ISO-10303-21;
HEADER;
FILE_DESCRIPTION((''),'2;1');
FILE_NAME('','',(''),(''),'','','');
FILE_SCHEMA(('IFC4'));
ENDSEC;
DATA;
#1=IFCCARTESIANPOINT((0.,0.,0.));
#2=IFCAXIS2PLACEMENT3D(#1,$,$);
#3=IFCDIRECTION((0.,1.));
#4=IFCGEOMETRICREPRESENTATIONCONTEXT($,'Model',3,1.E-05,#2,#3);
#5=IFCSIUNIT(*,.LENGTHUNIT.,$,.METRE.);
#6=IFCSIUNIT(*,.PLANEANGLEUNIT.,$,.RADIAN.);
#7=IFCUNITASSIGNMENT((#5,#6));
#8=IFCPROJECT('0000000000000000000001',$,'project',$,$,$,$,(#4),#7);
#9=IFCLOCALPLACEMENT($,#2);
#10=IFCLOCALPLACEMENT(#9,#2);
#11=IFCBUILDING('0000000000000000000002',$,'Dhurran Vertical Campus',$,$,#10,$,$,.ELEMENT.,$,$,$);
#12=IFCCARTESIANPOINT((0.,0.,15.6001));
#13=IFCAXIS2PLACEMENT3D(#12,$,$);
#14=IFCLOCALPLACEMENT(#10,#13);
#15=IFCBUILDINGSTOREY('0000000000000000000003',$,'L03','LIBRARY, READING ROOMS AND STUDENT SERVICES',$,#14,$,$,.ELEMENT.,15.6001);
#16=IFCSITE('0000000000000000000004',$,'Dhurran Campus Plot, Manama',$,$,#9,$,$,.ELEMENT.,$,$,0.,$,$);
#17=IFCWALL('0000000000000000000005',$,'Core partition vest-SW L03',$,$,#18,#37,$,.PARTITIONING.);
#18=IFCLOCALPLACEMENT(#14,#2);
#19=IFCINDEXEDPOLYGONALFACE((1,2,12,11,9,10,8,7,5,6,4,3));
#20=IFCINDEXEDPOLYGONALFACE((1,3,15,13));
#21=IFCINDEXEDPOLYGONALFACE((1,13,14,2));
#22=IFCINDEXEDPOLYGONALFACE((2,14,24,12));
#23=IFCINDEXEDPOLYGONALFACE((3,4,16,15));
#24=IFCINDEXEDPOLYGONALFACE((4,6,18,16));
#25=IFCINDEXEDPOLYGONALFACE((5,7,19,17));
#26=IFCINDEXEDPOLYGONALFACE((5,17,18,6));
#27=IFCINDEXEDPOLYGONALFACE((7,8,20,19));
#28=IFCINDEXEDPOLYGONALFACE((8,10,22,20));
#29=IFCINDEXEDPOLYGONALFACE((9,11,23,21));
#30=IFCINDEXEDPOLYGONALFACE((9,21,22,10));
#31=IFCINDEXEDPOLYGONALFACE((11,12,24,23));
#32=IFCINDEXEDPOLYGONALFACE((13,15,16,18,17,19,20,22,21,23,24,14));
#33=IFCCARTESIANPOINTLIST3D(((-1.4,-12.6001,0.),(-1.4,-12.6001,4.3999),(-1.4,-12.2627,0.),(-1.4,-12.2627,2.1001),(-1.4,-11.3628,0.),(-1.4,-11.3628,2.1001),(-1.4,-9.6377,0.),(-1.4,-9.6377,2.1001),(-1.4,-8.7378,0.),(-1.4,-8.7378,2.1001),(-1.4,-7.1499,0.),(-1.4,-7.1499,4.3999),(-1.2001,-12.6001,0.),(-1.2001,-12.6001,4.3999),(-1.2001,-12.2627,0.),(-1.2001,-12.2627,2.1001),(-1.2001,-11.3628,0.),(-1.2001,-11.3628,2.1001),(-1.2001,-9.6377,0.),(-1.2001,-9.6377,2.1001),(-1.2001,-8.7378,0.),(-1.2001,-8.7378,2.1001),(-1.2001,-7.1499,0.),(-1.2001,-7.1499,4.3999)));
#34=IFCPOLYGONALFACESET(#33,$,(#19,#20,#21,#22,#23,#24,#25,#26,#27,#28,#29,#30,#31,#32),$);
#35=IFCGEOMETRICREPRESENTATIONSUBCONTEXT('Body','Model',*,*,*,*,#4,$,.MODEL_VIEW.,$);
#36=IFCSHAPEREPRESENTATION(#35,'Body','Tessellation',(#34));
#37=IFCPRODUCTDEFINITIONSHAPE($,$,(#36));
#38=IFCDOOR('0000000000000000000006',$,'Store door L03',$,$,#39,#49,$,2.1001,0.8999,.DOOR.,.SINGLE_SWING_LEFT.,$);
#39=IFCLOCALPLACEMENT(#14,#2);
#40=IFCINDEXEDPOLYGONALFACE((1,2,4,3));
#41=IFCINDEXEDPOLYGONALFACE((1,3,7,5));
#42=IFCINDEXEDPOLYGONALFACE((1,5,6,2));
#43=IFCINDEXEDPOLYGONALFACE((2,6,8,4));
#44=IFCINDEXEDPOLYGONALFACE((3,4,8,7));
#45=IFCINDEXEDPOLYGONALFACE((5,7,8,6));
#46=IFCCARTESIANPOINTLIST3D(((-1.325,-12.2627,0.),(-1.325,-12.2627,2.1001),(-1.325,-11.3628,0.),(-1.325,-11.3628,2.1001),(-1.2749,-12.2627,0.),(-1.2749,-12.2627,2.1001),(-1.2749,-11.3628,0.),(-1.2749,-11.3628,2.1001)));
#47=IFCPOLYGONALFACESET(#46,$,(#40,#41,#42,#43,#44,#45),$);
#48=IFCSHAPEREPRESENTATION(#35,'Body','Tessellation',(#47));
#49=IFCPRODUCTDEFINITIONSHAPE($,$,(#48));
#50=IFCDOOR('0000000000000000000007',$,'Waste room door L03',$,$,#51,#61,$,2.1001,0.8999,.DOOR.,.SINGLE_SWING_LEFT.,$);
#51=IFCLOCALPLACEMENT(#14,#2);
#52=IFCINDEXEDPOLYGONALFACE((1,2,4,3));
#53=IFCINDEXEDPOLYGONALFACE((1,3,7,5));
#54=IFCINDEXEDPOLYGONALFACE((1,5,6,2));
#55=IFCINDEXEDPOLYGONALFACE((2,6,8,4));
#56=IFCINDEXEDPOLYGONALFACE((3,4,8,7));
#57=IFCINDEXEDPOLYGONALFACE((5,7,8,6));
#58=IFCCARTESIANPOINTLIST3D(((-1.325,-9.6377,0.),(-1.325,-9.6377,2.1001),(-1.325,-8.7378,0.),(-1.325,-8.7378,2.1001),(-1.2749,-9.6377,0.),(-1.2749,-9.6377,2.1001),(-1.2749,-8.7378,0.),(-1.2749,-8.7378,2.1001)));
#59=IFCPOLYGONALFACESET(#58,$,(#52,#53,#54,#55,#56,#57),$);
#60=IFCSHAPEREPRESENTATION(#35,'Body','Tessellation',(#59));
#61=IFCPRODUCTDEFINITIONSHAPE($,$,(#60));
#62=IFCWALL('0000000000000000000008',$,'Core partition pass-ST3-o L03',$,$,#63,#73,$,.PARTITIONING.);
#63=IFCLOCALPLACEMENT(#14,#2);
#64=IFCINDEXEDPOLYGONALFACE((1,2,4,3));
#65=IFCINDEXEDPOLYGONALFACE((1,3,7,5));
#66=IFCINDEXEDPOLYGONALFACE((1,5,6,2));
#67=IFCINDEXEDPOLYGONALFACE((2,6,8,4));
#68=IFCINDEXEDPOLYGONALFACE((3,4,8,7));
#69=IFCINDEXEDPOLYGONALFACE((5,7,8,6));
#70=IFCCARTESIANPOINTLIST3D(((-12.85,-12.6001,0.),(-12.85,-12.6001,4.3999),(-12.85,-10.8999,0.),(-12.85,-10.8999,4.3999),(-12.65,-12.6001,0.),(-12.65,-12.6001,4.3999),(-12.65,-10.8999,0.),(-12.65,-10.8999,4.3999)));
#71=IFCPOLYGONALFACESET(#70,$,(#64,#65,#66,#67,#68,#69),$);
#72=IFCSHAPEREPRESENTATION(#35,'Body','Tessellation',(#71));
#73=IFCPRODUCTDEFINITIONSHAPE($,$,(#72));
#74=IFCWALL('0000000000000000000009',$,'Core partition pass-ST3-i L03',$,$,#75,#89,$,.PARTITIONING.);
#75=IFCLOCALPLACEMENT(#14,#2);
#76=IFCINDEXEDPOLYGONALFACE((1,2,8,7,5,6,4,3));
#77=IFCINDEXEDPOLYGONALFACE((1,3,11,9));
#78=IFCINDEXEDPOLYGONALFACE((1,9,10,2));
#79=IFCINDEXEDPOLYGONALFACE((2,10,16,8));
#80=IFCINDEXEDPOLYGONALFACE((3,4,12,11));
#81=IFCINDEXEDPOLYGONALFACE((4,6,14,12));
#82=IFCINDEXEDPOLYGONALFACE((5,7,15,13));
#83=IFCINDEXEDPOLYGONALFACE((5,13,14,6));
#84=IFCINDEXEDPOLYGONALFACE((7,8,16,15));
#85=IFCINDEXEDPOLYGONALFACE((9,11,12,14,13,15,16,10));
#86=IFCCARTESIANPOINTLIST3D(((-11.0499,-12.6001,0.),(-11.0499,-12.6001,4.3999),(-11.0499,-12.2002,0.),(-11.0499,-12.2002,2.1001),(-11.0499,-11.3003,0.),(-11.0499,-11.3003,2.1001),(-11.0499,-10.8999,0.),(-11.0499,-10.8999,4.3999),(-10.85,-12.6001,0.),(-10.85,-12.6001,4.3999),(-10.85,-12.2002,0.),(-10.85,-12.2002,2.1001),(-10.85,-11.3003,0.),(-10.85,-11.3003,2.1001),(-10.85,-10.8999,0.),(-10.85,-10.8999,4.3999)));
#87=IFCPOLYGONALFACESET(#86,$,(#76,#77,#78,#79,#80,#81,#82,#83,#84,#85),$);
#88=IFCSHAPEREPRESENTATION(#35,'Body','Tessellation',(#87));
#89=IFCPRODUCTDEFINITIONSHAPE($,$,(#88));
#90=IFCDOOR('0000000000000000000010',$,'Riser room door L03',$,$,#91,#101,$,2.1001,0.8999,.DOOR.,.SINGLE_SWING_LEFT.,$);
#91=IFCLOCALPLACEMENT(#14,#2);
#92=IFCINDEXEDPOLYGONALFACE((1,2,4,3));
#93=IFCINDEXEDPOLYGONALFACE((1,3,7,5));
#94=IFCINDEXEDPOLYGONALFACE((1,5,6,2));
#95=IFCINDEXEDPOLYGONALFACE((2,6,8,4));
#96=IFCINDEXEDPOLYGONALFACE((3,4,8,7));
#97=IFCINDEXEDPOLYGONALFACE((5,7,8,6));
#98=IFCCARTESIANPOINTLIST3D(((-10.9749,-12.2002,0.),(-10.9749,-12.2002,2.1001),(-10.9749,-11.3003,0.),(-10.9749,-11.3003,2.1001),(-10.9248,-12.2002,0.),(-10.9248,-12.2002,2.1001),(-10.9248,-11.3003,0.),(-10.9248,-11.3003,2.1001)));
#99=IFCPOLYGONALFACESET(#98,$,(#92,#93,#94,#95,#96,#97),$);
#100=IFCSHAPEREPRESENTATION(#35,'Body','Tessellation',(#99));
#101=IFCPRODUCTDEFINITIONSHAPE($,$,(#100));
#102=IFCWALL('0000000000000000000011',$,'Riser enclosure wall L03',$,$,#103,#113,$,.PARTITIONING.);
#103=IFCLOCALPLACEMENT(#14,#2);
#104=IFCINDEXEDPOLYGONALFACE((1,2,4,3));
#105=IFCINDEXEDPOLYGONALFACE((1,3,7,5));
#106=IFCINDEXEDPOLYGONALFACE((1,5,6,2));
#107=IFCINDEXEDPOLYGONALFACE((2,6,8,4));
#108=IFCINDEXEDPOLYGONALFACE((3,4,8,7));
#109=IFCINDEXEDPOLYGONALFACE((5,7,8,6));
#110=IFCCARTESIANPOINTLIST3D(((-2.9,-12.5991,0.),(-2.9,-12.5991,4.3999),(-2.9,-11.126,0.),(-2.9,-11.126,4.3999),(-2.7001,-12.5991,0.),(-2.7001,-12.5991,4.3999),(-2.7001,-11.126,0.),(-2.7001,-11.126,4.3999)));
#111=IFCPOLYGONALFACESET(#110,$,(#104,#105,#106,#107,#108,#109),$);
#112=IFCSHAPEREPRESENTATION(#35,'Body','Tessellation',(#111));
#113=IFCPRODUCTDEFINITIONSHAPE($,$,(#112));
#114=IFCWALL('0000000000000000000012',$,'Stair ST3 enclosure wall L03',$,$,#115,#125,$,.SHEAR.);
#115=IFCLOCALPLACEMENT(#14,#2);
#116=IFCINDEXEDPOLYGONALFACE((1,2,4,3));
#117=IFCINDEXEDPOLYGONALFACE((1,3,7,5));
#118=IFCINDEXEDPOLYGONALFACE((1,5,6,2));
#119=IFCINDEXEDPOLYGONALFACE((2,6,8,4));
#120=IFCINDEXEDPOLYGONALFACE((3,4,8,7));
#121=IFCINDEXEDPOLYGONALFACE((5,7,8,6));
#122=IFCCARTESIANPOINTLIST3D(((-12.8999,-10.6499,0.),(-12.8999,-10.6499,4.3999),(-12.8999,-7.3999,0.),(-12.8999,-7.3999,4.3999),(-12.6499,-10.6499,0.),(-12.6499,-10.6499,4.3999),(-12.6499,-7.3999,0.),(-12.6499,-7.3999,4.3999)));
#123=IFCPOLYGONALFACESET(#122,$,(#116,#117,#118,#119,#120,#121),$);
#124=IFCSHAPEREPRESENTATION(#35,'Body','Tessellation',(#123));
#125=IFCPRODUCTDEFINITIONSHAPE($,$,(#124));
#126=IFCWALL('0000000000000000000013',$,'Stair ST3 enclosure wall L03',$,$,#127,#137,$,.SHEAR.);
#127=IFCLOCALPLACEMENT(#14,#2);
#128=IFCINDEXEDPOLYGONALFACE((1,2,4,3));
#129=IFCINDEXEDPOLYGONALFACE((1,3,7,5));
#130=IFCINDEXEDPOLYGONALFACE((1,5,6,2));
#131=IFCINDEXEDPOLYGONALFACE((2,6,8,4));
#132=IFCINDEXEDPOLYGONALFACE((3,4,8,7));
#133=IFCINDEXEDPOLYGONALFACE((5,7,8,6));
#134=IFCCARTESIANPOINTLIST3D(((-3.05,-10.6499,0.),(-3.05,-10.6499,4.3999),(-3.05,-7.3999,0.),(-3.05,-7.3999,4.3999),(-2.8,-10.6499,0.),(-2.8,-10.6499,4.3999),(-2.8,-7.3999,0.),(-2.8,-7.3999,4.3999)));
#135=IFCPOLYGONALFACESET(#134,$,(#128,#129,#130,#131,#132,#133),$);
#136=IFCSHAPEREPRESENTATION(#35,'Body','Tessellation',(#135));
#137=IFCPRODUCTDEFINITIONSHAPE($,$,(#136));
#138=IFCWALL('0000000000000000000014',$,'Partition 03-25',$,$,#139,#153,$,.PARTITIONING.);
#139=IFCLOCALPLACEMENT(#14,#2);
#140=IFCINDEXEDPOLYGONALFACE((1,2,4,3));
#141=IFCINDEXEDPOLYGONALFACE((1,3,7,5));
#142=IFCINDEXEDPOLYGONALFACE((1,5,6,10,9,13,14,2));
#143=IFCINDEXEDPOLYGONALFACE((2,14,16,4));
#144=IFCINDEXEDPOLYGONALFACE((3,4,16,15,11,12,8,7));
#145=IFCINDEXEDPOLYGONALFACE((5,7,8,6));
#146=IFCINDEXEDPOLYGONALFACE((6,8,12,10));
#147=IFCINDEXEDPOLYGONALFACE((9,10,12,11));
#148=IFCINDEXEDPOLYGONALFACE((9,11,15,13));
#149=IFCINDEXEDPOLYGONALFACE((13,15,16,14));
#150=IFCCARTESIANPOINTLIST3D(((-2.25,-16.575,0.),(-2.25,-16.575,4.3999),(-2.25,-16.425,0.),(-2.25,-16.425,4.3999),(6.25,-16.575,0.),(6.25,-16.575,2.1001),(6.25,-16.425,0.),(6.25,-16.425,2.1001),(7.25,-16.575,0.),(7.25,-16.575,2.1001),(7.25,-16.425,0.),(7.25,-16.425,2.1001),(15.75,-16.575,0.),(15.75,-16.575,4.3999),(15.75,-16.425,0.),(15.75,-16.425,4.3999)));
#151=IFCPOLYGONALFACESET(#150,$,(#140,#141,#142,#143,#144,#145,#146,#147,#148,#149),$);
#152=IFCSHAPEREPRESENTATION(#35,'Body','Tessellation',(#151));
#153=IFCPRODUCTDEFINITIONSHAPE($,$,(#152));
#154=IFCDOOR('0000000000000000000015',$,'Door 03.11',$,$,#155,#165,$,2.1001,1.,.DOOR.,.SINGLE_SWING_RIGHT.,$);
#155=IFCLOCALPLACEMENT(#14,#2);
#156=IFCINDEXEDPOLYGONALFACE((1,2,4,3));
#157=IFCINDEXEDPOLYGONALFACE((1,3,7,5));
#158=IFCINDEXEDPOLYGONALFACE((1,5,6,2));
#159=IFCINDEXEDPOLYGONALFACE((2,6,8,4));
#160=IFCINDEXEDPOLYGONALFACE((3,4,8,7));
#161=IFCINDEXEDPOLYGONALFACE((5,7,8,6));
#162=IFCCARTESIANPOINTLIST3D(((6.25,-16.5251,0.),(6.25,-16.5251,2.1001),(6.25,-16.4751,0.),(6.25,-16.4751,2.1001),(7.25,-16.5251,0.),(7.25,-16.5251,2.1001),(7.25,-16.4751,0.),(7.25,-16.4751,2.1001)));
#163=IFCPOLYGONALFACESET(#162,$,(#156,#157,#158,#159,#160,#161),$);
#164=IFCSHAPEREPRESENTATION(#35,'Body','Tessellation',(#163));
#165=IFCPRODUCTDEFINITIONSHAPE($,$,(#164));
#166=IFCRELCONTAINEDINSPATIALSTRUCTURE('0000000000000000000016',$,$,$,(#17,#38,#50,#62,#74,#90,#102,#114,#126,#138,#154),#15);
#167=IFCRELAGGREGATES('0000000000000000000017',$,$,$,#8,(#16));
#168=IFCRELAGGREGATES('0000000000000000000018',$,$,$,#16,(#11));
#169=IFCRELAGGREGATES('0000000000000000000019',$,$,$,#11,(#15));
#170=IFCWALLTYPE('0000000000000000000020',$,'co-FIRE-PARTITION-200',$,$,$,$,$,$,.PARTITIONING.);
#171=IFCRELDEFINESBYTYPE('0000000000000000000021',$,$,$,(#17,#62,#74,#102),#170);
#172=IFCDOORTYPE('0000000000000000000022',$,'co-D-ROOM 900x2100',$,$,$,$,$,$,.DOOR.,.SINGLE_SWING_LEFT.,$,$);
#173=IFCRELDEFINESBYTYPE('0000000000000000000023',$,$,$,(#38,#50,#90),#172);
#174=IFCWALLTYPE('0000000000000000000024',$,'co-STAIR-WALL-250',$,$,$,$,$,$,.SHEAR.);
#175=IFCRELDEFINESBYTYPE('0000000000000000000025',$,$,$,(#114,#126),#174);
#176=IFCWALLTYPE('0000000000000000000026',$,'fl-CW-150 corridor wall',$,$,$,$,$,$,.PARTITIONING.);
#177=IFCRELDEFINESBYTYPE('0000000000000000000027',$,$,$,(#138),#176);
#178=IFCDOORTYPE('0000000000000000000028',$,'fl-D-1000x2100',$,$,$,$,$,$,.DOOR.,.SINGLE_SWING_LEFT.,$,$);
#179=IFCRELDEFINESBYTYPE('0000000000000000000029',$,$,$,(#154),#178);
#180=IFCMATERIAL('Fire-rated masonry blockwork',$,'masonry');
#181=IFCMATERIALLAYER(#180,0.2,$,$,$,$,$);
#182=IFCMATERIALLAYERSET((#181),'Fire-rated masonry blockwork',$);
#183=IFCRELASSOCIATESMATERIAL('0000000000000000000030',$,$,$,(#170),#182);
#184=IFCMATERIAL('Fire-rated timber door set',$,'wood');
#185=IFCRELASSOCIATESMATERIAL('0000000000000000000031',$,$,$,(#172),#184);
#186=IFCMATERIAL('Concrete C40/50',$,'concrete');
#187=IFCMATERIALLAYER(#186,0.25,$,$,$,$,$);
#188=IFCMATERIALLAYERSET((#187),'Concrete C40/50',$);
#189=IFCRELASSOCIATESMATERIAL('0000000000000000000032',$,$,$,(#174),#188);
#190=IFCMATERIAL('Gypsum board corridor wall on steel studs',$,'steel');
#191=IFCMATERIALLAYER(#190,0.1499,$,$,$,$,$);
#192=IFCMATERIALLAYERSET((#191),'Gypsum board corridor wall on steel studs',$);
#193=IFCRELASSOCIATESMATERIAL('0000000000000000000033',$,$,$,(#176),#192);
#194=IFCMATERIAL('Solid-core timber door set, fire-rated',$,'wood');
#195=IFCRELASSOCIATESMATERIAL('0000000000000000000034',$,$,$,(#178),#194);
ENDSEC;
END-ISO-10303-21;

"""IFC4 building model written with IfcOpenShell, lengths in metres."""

from ifc_helpers import new_model, si_unit, direction, frame, frame_2d, origin, place, context, subcontext, project, spatial, rectangle, extrude, material, layer, layer_set, type_object, element, fill, save


model = new_model("IFC4")

# Units and contexts
model_context = context("Model", 3, precision=1e-05, world=origin(), true_north=direction((0.0, 1.0)))
body_context = subcontext(model_context, "Body", "Model", "MODEL_VIEW")
ifc_project = project(units=[si_unit("LENGTHUNIT", "METRE"), si_unit("PLANEANGLEUNIT", "RADIAN")], contexts=[model_context])

# Site, building, storey
site_placement = place(None, origin())
site = spatial("IfcSite", under=ifc_project, at=site_placement, Name="Dhurran Campus Plot, Manama", CompositionType="ELEMENT", RefElevation=0.0)
building_placement = place(site_placement, origin())
building = spatial("IfcBuilding", under=site, at=building_placement, Name="Dhurran Vertical Campus", CompositionType="ELEMENT")
storey_placement = place(building_placement, frame((0.0, 0.0, 15.6001)))
storey = spatial("IfcBuildingStorey", under=building, at=storey_placement, Name="L03", Description="LIBRARY, READING ROOMS AND STUDENT SERVICES", CompositionType="ELEMENT", Elevation=15.6001)

# Shared definitions
ifc_material_1 = material(Name="Fire-rated masonry blockwork", Category="masonry")
ifc_layer_1 = layer(ifc_material_1, 0.2)
ifc_layer_set_1 = layer_set([ifc_layer_1], Name="Fire-rated masonry blockwork")
wall_type_1 = type_object("IfcWallType", Name="co-FIRE-PARTITION-200", PredefinedType="PARTITIONING", material=ifc_layer_set_1)

# Wall, openings, doors
wall_1_placement = place(storey_placement, frame((-1.3, -12.6001, 0.0), z_axis=(0.0, 0.0, 1.0), x_axis=(0.0, 1.0, 0.0)))
wall_1 = element("IfcWall", 1, at=wall_1_placement, inside=storey, type_object=wall_type_1, Name="Core partition vest-SW L03", PredefinedType="PARTITIONING", context=body_context, shape_type="SweptSolid", body=[
    extrude(rectangle(XDim=5.4502, YDim=0.2, at=frame_2d((2.7251, 0.0))), origin(), (0.0, 0.0, 1.0), 4.3999),
])
opening_1_placement = place(wall_1_placement, frame((0.3374, 0.0, 0.0)))
opening_1 = element("IfcOpeningElement", 2, at=opening_1_placement, cuts=wall_1, PredefinedType="OPENING", context=body_context, shape_type="SweptSolid", body=[
    extrude(rectangle(XDim=0.8999, YDim=2.1001, at=frame_2d((0.45, 1.05))), frame((0.0, 0.1099, 0.0), z_axis=(0.0, -1.0, 0.0), x_axis=(1.0, 0.0, 0.0)), (0.0, 0.0, 1.0), 0.22),
])
opening_2_placement = place(wall_1_placement, frame((2.9624, 0.0, 0.0)))
opening_2 = element("IfcOpeningElement", 3, at=opening_2_placement, cuts=wall_1, PredefinedType="OPENING", context=body_context, shape_type="SweptSolid", body=[
    extrude(rectangle(XDim=0.8999, YDim=2.1001, at=frame_2d((0.45, 1.05))), frame((0.0, 0.1099, 0.0), z_axis=(0.0, -1.0, 0.0), x_axis=(1.0, 0.0, 0.0)), (0.0, 0.0, 1.0), 0.22),
])
ifc_material_2 = material(Name="Fire-rated timber door set", Category="wood")
door_type_1 = type_object("IfcDoorType", Name="co-D-ROOM 900x2100", OperationType="SINGLE_SWING_LEFT", PredefinedType="DOOR", material=ifc_material_2)
door_1_placement = place(opening_1_placement, origin())
door_1 = element("IfcDoor", 4, at=door_1_placement, inside=storey, type_object=door_type_1, Name="Store door L03", OperationType="SINGLE_SWING_LEFT", OverallHeight=2.1001, OverallWidth=0.8999, PredefinedType="DOOR", context=body_context, shape_type="SweptSolid", body=[
    extrude(rectangle(XDim=0.8999, YDim=2.1001, at=frame_2d((0.45, 1.05))), frame((0.0, 0.0249, 0.0), z_axis=(0.0, -1.0, 0.0), x_axis=(1.0, 0.0, 0.0)), (0.0, 0.0, 1.0), 0.05),
])
fill(opening_1, door_1)
door_2_placement = place(opening_2_placement, origin())
door_2 = element("IfcDoor", 5, at=door_2_placement, inside=storey, type_object=door_type_1, Name="Waste room door L03", OperationType="SINGLE_SWING_LEFT", OverallHeight=2.1001, OverallWidth=0.8999, PredefinedType="DOOR", context=body_context, shape_type="SweptSolid", body=[
    extrude(rectangle(XDim=0.8999, YDim=2.1001, at=frame_2d((0.45, 1.05))), frame((0.0, 0.0249, 0.0), z_axis=(0.0, -1.0, 0.0), x_axis=(1.0, 0.0, 0.0)), (0.0, 0.0, 1.0), 0.05),
])
fill(opening_2, door_2)

# Wall
wall_2_placement = place(storey_placement, frame((-12.75, -12.6001, 0.0), z_axis=(0.0, 0.0, 1.0), x_axis=(0.0, 1.0, 0.0)))
element("IfcWall", 6, at=wall_2_placement, inside=storey, type_object=wall_type_1, Name="Core partition pass-ST3-o L03", PredefinedType="PARTITIONING", context=body_context, shape_type="SweptSolid", body=[
    extrude(rectangle(XDim=1.7002, YDim=0.2, at=frame_2d((0.8501, 0.0))), origin(), (0.0, 0.0, 1.0), 4.3999),
])

# Wall, opening, door
wall_3_placement = place(storey_placement, frame((-10.95, -12.6001, 0.0), z_axis=(0.0, 0.0, 1.0), x_axis=(0.0, 1.0, 0.0)))
wall_3 = element("IfcWall", 7, at=wall_3_placement, inside=storey, type_object=wall_type_1, Name="Core partition pass-ST3-i L03", PredefinedType="PARTITIONING", context=body_context, shape_type="SweptSolid", body=[
    extrude(rectangle(XDim=1.7002, YDim=0.2, at=frame_2d((0.8501, 0.0))), origin(), (0.0, 0.0, 1.0), 4.3999),
])
opening_3_placement = place(wall_3_placement, frame((0.3999, 0.0, 0.0)))
opening_3 = element("IfcOpeningElement", 8, at=opening_3_placement, cuts=wall_3, PredefinedType="OPENING", context=body_context, shape_type="SweptSolid", body=[
    extrude(rectangle(XDim=0.8999, YDim=2.1001, at=frame_2d((0.45, 1.05))), frame((0.0, 0.1099, 0.0), z_axis=(0.0, -1.0, 0.0), x_axis=(1.0, 0.0, 0.0)), (0.0, 0.0, 1.0), 0.22),
])
door_3_placement = place(opening_3_placement, origin())
door_3 = element("IfcDoor", 9, at=door_3_placement, inside=storey, type_object=door_type_1, Name="Riser room door L03", OperationType="SINGLE_SWING_LEFT", OverallHeight=2.1001, OverallWidth=0.8999, PredefinedType="DOOR", context=body_context, shape_type="SweptSolid", body=[
    extrude(rectangle(XDim=0.8999, YDim=2.1001, at=frame_2d((0.45, 1.05))), frame((0.0, 0.0249, 0.0), z_axis=(0.0, -1.0, 0.0), x_axis=(1.0, 0.0, 0.0)), (0.0, 0.0, 1.0), 0.05),
])
fill(opening_3, door_3)

# Walls
wall_4_placement = place(storey_placement, frame((-2.8, -12.5991, 0.0), z_axis=(0.0, 0.0, 1.0), x_axis=(0.0, 1.0, 0.0)))
element("IfcWall", 10, at=wall_4_placement, inside=storey, type_object=wall_type_1, Name="Riser enclosure wall L03", PredefinedType="PARTITIONING", context=body_context, shape_type="SweptSolid", body=[
    extrude(rectangle(XDim=1.4731, YDim=0.2, at=frame_2d((0.7366, 0.0))), origin(), (0.0, 0.0, 1.0), 4.3999),
])
ifc_material_3 = material(Name="Concrete C40/50", Category="concrete")
ifc_layer_2 = layer(ifc_material_3, 0.25)
ifc_layer_set_2 = layer_set([ifc_layer_2], Name="Concrete C40/50")
wall_type_2 = type_object("IfcWallType", Name="co-STAIR-WALL-250", PredefinedType="SHEAR", material=ifc_layer_set_2)
for number, where, z_axis, x_axis, name in (
    (11, (-12.7749, -10.6499, 0.0), (0.0, 0.0, 1.0), (0.0, 1.0, 0.0), "Stair ST3 enclosure wall L03"),
    (12, (-2.925, -10.6499, 0.0), (0.0, 0.0, 1.0), (0.0, 1.0, 0.0), "Stair ST3 enclosure wall L03"),
):
    element("IfcWall", number, at=place(storey_placement, frame(where, z_axis=z_axis, x_axis=x_axis)), inside=storey, type_object=wall_type_2, Name=name, PredefinedType="SHEAR", context=body_context, shape_type="SweptSolid", body=[
        extrude(rectangle(XDim=3.25, YDim=0.25, at=frame_2d((1.625, 0.0))), origin(), (0.0, 0.0, 1.0), 4.3999),
    ])

# Wall, opening, door
ifc_material_4 = material(Name="Gypsum board corridor wall on steel studs", Category="steel")
ifc_layer_3 = layer(ifc_material_4, 0.1499)
ifc_layer_set_3 = layer_set([ifc_layer_3], Name="Gypsum board corridor wall on steel studs")
wall_type_3 = type_object("IfcWallType", Name="fl-CW-150 corridor wall", PredefinedType="PARTITIONING", material=ifc_layer_set_3)
wall_5_placement = place(storey_placement, frame((-2.25, -16.5, 0.0), z_axis=(0.0, 0.0, 1.0), x_axis=(1.0, 0.0, 0.0)))
wall_5 = element("IfcWall", 13, at=wall_5_placement, inside=storey, type_object=wall_type_3, Name="Partition 03-25", PredefinedType="PARTITIONING", context=body_context, shape_type="SweptSolid", body=[
    extrude(rectangle(XDim=18.0, YDim=0.1499, at=frame_2d((9.0, 0.0))), origin(), (0.0, 0.0, 1.0), 4.3999),
])
opening_4_placement = place(wall_5_placement, frame((8.5, 0.0, 0.0)))
opening_4 = element("IfcOpeningElement", 14, at=opening_4_placement, cuts=wall_5, PredefinedType="OPENING", context=body_context, shape_type="SweptSolid", body=[
    extrude(rectangle(XDim=1.0, YDim=2.1001, at=frame_2d((0.5, 1.05))), frame((0.0, 0.085, 0.0), z_axis=(0.0, -1.0, 0.0), x_axis=(1.0, 0.0, 0.0)), (0.0, 0.0, 1.0), 0.1699),
])
ifc_material_5 = material(Name="Solid-core timber door set, fire-rated", Category="wood")
door_type_2 = type_object("IfcDoorType", Name="fl-D-1000x2100", OperationType="SINGLE_SWING_LEFT", PredefinedType="DOOR", material=ifc_material_5)
door_4_placement = place(opening_4_placement, origin())
door_4 = element("IfcDoor", 15, at=door_4_placement, inside=storey, type_object=door_type_2, Name="Door 03.11", OperationType="SINGLE_SWING_RIGHT", OverallHeight=2.1001, OverallWidth=1.0, PredefinedType="DOOR", context=body_context, shape_type="SweptSolid", body=[
    extrude(rectangle(XDim=1.0, YDim=2.1001, at=frame_2d((0.5, 1.05))), frame((0.0, 0.0249, 0.0), z_axis=(0.0, -1.0, 0.0), x_axis=(1.0, 0.0, 0.0)), (0.0, 0.0, 1.0), 0.05),
])
fill(opening_4, door_4)

save(model, "model.ifc")
